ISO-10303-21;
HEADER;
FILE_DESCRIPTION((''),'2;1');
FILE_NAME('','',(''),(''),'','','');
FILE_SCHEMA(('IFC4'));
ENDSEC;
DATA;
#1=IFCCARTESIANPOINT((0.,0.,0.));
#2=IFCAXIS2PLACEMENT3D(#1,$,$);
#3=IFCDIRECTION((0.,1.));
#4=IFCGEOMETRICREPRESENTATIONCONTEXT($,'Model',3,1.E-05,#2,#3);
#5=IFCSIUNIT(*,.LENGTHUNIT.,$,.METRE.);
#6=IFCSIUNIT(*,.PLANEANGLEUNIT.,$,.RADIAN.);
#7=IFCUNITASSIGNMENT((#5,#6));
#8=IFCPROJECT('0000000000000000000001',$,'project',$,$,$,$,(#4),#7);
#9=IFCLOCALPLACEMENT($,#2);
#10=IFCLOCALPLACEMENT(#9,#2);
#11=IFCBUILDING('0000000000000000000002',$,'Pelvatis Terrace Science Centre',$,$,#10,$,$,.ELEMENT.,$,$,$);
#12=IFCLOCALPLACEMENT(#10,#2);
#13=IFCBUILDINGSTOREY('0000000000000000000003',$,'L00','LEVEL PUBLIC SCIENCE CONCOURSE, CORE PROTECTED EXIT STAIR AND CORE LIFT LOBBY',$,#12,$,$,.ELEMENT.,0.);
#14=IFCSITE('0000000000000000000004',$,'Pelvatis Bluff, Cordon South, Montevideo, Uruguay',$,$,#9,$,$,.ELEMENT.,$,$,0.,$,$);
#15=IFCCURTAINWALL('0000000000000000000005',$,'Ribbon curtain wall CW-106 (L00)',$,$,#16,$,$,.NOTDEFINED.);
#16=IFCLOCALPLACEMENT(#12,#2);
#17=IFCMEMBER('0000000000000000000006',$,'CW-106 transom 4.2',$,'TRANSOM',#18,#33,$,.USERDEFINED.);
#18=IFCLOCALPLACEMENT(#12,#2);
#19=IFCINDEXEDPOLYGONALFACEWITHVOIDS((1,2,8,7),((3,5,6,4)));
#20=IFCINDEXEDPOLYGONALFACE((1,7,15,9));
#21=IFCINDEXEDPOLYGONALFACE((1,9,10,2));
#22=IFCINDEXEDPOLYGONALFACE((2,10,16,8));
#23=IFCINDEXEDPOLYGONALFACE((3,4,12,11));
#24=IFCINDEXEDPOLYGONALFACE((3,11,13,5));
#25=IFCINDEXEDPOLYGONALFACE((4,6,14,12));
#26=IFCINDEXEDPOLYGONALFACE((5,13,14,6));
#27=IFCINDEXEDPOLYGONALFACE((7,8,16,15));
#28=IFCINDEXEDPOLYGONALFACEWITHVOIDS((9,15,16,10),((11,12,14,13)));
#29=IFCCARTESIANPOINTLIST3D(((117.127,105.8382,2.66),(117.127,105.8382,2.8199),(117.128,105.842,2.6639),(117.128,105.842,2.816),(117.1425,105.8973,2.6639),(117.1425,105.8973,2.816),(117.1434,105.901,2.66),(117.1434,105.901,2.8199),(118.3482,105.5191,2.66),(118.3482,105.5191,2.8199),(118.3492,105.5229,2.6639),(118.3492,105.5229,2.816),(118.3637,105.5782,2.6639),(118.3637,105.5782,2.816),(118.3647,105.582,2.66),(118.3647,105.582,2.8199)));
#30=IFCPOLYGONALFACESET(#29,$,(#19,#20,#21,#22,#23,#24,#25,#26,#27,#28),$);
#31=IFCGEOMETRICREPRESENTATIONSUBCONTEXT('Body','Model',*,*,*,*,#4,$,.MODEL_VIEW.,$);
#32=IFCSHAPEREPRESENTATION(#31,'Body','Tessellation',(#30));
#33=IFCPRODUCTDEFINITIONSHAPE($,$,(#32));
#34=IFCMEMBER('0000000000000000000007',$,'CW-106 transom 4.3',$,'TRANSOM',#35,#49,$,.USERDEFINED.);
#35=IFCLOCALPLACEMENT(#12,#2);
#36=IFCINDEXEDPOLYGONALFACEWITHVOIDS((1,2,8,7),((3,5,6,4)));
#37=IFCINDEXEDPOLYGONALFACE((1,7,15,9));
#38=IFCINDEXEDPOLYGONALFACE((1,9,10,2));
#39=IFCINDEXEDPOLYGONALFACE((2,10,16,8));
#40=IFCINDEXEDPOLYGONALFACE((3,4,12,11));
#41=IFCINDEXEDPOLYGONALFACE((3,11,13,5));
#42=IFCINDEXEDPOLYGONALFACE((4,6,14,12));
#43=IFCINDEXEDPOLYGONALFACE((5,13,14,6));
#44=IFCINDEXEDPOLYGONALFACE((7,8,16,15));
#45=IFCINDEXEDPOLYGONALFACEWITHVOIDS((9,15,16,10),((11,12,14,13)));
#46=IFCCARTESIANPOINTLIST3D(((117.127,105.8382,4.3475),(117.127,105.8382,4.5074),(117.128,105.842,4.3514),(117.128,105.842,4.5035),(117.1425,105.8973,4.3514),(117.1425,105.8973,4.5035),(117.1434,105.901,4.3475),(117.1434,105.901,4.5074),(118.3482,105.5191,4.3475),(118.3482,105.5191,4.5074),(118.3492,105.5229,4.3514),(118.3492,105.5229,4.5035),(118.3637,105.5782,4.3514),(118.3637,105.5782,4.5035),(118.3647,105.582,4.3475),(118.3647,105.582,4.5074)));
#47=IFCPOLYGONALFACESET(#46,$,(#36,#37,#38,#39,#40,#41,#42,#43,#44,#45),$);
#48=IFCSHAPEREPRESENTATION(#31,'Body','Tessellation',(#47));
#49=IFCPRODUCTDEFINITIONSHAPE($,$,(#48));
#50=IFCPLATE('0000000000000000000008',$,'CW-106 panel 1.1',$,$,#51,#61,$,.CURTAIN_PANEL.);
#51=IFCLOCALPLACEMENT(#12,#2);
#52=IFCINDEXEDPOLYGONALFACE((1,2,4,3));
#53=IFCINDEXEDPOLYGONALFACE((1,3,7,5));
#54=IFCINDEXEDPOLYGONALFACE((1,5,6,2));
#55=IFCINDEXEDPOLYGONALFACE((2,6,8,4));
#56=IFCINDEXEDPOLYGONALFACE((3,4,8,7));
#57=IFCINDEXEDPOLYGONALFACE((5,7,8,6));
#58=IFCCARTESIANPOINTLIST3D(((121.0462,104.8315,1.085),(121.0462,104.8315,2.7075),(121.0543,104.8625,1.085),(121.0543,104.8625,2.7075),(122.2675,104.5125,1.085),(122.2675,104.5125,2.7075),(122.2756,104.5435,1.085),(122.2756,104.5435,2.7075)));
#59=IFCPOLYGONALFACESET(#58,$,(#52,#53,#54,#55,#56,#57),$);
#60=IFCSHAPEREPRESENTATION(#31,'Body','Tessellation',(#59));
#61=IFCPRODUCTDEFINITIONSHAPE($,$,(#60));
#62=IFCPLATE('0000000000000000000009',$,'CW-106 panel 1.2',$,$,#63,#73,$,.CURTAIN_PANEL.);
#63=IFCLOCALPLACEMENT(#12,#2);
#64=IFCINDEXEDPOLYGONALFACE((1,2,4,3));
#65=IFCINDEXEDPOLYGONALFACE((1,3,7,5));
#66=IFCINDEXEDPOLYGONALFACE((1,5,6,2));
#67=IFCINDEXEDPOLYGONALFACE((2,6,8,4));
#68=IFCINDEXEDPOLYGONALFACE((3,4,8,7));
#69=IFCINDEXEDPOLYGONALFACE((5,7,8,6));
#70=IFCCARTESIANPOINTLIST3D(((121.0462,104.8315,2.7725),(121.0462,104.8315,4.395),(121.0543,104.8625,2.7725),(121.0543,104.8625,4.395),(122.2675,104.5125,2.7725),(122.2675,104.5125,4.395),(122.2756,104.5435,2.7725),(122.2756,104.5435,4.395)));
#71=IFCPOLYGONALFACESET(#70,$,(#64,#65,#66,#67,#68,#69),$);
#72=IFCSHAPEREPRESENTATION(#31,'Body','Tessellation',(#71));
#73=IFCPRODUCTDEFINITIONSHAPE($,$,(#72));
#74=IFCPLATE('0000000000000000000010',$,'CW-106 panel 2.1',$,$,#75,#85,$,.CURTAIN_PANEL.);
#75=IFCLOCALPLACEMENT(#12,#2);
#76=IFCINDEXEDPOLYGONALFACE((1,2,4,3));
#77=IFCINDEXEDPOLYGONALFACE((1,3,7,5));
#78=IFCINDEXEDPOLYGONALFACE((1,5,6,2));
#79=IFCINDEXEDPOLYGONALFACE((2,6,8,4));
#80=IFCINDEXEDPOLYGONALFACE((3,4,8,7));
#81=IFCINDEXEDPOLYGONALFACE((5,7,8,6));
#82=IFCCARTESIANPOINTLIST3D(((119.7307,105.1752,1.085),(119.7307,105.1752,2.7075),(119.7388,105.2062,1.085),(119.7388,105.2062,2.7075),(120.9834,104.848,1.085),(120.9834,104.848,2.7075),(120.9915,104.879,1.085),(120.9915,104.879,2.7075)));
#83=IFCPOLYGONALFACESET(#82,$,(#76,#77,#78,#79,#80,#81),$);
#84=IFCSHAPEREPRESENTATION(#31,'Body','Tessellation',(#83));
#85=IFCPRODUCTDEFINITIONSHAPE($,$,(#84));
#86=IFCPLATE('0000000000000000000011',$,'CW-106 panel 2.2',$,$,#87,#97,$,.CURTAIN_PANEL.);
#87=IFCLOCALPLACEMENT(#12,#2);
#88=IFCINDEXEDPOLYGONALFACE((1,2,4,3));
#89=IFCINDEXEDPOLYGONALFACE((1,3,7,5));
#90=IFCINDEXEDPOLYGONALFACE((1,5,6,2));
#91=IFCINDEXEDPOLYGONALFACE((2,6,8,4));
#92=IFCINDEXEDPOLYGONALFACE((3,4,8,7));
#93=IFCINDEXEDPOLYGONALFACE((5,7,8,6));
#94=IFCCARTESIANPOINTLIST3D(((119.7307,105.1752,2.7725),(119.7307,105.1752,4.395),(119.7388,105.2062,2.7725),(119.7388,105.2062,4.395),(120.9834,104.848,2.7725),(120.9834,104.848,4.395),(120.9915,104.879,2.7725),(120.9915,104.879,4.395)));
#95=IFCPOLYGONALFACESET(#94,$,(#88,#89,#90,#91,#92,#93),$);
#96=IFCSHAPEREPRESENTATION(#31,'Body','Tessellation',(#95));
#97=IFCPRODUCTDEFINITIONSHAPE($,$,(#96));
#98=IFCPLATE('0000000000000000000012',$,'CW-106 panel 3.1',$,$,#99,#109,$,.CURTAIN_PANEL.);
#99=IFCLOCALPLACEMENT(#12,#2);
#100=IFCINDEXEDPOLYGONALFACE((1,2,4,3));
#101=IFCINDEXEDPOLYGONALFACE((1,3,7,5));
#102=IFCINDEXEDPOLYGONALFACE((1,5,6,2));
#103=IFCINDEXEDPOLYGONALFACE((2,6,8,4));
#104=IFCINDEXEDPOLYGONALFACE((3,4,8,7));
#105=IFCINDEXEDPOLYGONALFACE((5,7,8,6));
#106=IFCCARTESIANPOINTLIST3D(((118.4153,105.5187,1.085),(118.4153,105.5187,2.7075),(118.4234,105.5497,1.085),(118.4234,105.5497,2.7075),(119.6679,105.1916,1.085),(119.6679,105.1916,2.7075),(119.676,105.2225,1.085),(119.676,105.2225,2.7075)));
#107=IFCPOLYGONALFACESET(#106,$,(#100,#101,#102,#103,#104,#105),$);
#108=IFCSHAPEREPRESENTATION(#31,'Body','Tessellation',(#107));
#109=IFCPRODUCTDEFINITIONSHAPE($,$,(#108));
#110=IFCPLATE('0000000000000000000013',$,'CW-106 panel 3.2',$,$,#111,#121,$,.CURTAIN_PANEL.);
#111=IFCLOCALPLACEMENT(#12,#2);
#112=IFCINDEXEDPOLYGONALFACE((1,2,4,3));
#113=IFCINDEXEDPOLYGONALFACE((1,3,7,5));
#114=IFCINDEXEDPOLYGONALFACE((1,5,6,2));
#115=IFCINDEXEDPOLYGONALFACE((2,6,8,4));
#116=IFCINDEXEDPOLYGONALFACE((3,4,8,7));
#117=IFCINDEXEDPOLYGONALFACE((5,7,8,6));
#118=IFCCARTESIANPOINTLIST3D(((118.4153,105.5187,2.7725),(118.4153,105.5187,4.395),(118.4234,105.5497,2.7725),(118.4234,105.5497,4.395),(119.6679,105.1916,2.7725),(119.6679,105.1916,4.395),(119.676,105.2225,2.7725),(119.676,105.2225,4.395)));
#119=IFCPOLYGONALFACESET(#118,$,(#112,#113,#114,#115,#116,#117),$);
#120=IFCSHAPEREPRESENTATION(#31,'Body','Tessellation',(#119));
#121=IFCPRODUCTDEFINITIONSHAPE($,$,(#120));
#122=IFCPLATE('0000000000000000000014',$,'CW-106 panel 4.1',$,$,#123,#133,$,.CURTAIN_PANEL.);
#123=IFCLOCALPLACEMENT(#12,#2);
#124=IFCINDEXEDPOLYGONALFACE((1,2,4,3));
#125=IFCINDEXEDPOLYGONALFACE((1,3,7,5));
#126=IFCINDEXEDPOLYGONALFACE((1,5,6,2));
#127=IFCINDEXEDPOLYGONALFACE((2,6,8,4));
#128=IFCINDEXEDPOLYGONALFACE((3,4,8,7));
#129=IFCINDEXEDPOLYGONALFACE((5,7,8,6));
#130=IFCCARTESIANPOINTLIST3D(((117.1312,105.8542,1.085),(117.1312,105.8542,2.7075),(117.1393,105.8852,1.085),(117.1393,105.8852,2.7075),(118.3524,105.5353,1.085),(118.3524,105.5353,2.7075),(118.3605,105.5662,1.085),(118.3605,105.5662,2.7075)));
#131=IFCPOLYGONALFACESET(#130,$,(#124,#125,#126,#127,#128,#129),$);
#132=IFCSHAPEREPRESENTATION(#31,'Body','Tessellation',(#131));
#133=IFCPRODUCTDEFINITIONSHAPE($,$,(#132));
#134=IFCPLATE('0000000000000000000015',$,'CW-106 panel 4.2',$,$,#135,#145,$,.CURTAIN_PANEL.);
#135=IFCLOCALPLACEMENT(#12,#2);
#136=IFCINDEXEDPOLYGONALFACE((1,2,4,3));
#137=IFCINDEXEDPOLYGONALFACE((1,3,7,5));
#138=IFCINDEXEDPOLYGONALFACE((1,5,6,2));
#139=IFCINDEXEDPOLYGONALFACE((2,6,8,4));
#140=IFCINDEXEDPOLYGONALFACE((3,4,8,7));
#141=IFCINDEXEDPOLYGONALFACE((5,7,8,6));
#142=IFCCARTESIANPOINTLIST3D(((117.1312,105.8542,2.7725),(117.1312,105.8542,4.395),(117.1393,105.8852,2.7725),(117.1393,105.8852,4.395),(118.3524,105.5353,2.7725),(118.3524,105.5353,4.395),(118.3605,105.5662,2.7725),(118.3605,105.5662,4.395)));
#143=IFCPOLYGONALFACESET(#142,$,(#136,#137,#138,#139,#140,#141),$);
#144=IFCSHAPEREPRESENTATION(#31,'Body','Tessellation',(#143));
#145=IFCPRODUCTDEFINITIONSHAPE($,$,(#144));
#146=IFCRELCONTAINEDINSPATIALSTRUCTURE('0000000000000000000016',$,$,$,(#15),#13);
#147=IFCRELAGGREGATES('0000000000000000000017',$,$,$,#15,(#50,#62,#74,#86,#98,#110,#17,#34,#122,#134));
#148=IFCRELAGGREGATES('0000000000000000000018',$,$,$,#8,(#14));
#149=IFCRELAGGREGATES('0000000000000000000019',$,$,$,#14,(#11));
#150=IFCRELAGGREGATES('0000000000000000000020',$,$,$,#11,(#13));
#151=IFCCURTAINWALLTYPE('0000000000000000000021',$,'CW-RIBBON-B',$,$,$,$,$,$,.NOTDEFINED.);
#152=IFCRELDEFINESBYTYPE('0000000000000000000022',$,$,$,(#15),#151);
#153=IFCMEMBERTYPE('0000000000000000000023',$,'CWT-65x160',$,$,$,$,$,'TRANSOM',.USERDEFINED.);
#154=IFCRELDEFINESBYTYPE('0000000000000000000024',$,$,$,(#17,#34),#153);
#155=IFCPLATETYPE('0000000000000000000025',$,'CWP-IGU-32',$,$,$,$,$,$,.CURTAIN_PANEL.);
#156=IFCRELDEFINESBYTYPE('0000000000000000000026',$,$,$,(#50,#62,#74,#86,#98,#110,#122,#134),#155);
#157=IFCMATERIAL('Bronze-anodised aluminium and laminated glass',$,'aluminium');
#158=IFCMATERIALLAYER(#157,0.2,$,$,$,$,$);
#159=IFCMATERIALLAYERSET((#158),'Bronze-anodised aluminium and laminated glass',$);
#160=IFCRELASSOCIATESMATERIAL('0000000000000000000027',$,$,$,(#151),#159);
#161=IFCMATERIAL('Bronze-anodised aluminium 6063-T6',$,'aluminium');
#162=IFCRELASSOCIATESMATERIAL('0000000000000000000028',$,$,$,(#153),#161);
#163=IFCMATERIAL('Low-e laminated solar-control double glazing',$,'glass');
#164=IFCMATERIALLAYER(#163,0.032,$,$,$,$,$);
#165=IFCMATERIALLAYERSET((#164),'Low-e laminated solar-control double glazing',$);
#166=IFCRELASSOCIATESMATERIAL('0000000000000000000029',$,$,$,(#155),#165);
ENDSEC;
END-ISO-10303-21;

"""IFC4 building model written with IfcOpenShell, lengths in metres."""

from ifc_helpers import new_model, si_unit, direction, frame, origin, origin_2d, place, context, subcontext, project, spatial, rectangle, hollow_rectangle, extrude, material, layer, layer_set, material_profile, profile_set, type_object, element, aggregate, save


model = new_model("IFC4")

# Units and contexts
model_context = context("Model", 3, precision=1e-05, world=origin(), true_north=direction((0.0, 1.0)))
body_context = subcontext(model_context, "Body", "Model", "MODEL_VIEW")
ifc_project = project(units=[si_unit("LENGTHUNIT", "METRE"), si_unit("PLANEANGLEUNIT", "RADIAN")], contexts=[model_context])

# Site, building, storey
site_placement = place(None, origin())
site = spatial("IfcSite", under=ifc_project, at=site_placement, Name="Pelvatis Bluff, Cordon South, Montevideo, Uruguay", CompositionType="ELEMENT", RefElevation=0.0)
building_placement = place(site_placement, origin())
building = spatial("IfcBuilding", under=site, at=building_placement, Name="Pelvatis Terrace Science Centre", CompositionType="ELEMENT")
storey_placement = place(building_placement, origin())
storey = spatial("IfcBuildingStorey", under=building, at=storey_placement, Name="L00", Description="LEVEL PUBLIC SCIENCE CONCOURSE, CORE PROTECTED EXIT STAIR AND CORE LIFT LOBBY", CompositionType="ELEMENT", Elevation=0.0)

# Curtain wall, members, plates
ifc_material_1 = material(Name="Bronze-anodised aluminium and laminated glass", Category="aluminium")
ifc_layer_1 = layer(ifc_material_1, 0.2)
ifc_layer_set_1 = layer_set([ifc_layer_1], Name="Bronze-anodised aluminium and laminated glass")
curtain_wall_type = type_object("IfcCurtainWallType", Name="CW-RIBBON-B", PredefinedType="NOTDEFINED", material=ifc_layer_set_1)
curtain_wall_placement = place(storey_placement, origin())
curtain_wall = element("IfcCurtainWall", 1, at=curtain_wall_placement, inside=storey, type_object=curtain_wall_type, Name="Ribbon curtain wall CW-106 (L00)", PredefinedType="NOTDEFINED")
ifc_material_2 = material(Name="Bronze-anodised aluminium 6063-T6", Category="aluminium")
ifc_material_profile_1 = material_profile(ifc_material_2, hollow_rectangle(XDim=0.0649, YDim=0.1599, WallThickness=0.0039, at=origin_2d()), Name="ALU-TRN 65x160")
ifc_profile_set_1 = profile_set([ifc_material_profile_1], Name="Bronze-anodised aluminium 6063-T6")
member_type_1 = type_object("IfcMemberType", Name="CWT-65x160", ElementType="TRANSOM", PredefinedType="USERDEFINED", material=ifc_profile_set_1)
member_1_placement = place(storey_placement, frame((118.3564, 105.5505, 2.74), z_axis=(-0.967517, 0.252808, 0.0), x_axis=(-0.252808, -0.967517, 0.0)))
member_1 = element("IfcMember", 2, at=member_1_placement, type_object=member_type_1, Name="CW-106 transom 4.2", ObjectType="TRANSOM", PredefinedType="USERDEFINED", context=body_context, shape_type="SweptSolid", body=[
    extrude(hollow_rectangle(XDim=0.0649, YDim=0.1599, WallThickness=0.0039, at=origin_2d()), origin(), (0.0, 0.0, 1.0), 1.2622),
])
member_2_placement = place(storey_placement, frame((118.3564, 105.5505, 4.4275), z_axis=(-0.967517, 0.252808, 0.0), x_axis=(-0.252808, -0.967517, 0.0)))
member_2 = element("IfcMember", 3, at=member_2_placement, type_object=member_type_1, Name="CW-106 transom 4.3", ObjectType="TRANSOM", PredefinedType="USERDEFINED", context=body_context, shape_type="SweptSolid", body=[
    extrude(hollow_rectangle(XDim=0.0649, YDim=0.1599, WallThickness=0.0039, at=origin_2d()), origin(), (0.0, 0.0, 1.0), 1.2622),
])
ifc_material_3 = material(Name="Low-e laminated solar-control double glazing", Category="glass")
ifc_layer_2 = layer(ifc_material_3, 0.032)
ifc_layer_set_2 = layer_set([ifc_layer_2], Name="Low-e laminated solar-control double glazing")
plate_type = type_object("IfcPlateType", Name="CWP-IGU-32", PredefinedType="CURTAIN_PANEL", material=ifc_layer_set_2)
plate_1_placement = place(storey_placement, frame((121.6609, 104.6875, 1.085), z_axis=(0.0, 0.0, 1.0), x_axis=(-0.967545, 0.252698, 0.0)))
plate_1 = element("IfcPlate", 4, at=plate_1_placement, type_object=plate_type, Name="CW-106 panel 1.1", PredefinedType="CURTAIN_PANEL", context=body_context, shape_type="SweptSolid", body=[
    extrude(rectangle(XDim=1.2622, YDim=0.032, at=origin_2d()), origin(), (0.0, 0.0, 1.0), 1.6226),
])
plate_2_placement = place(storey_placement, frame((121.6609, 104.6875, 2.7725), z_axis=(0.0, 0.0, 1.0), x_axis=(-0.967545, 0.252698, 0.0)))
plate_2 = element("IfcPlate", 5, at=plate_2_placement, type_object=plate_type, Name="CW-106 panel 1.2", PredefinedType="CURTAIN_PANEL", context=body_context, shape_type="SweptSolid", body=[
    extrude(rectangle(XDim=1.2622, YDim=0.032, at=origin_2d()), origin(), (0.0, 0.0, 1.0), 1.6226),
])
plate_3_placement = place(storey_placement, frame((120.3611, 105.0271, 1.085), z_axis=(0.0, 0.0, 1.0), x_axis=(-0.967545, 0.252698, 0.0)))
plate_3 = element("IfcPlate", 6, at=plate_3_placement, type_object=plate_type, Name="CW-106 panel 2.1", PredefinedType="CURTAIN_PANEL", context=body_context, shape_type="SweptSolid", body=[
    extrude(rectangle(XDim=1.2947, YDim=0.032, at=origin_2d()), origin(), (0.0, 0.0, 1.0), 1.6226),
])
plate_4_placement = place(storey_placement, frame((120.3611, 105.0271, 2.7725), z_axis=(0.0, 0.0, 1.0), x_axis=(-0.967545, 0.252698, 0.0)))
plate_4 = element("IfcPlate", 7, at=plate_4_placement, type_object=plate_type, Name="CW-106 panel 2.2", PredefinedType="CURTAIN_PANEL", context=body_context, shape_type="SweptSolid", body=[
    extrude(rectangle(XDim=1.2947, YDim=0.032, at=origin_2d()), origin(), (0.0, 0.0, 1.0), 1.6226),
])
plate_5_placement = place(storey_placement, frame((119.0457, 105.3706, 1.085), z_axis=(0.0, 0.0, 1.0), x_axis=(-0.967545, 0.252698, 0.0)))
plate_5 = element("IfcPlate", 8, at=plate_5_placement, type_object=plate_type, Name="CW-106 panel 3.1", PredefinedType="CURTAIN_PANEL", context=body_context, shape_type="SweptSolid", body=[
    extrude(rectangle(XDim=1.2947, YDim=0.032, at=origin_2d()), origin(), (0.0, 0.0, 1.0), 1.6226),
])
plate_6_placement = place(storey_placement, frame((119.0457, 105.3706, 2.7725), z_axis=(0.0, 0.0, 1.0), x_axis=(-0.967545, 0.252698, 0.0)))
plate_6 = element("IfcPlate", 9, at=plate_6_placement, type_object=plate_type, Name="CW-106 panel 3.2", PredefinedType="CURTAIN_PANEL", context=body_context, shape_type="SweptSolid", body=[
    extrude(rectangle(XDim=1.2947, YDim=0.032, at=origin_2d()), origin(), (0.0, 0.0, 1.0), 1.6226),
])
plate_7_placement = place(storey_placement, frame((117.7458, 105.7102, 1.085), z_axis=(0.0, 0.0, 1.0), x_axis=(-0.967545, 0.252698, 0.0)))
plate_7 = element("IfcPlate", 10, at=plate_7_placement, type_object=plate_type, Name="CW-106 panel 4.1", PredefinedType="CURTAIN_PANEL", context=body_context, shape_type="SweptSolid", body=[
    extrude(rectangle(XDim=1.2622, YDim=0.032, at=origin_2d()), origin(), (0.0, 0.0, 1.0), 1.6226),
])
plate_8_placement = place(storey_placement, frame((117.7458, 105.7102, 2.7725), z_axis=(0.0, 0.0, 1.0), x_axis=(-0.967545, 0.252698, 0.0)))
plate_8 = element("IfcPlate", 11, at=plate_8_placement, type_object=plate_type, Name="CW-106 panel 4.2", PredefinedType="CURTAIN_PANEL", context=body_context, shape_type="SweptSolid", body=[
    extrude(rectangle(XDim=1.2622, YDim=0.032, at=origin_2d()), origin(), (0.0, 0.0, 1.0), 1.6226),
])
aggregate(curtain_wall, [plate_1, plate_2, plate_3, plate_4, plate_5, plate_6, member_1, member_2, plate_7, plate_8])

save(model, "model.ifc")
